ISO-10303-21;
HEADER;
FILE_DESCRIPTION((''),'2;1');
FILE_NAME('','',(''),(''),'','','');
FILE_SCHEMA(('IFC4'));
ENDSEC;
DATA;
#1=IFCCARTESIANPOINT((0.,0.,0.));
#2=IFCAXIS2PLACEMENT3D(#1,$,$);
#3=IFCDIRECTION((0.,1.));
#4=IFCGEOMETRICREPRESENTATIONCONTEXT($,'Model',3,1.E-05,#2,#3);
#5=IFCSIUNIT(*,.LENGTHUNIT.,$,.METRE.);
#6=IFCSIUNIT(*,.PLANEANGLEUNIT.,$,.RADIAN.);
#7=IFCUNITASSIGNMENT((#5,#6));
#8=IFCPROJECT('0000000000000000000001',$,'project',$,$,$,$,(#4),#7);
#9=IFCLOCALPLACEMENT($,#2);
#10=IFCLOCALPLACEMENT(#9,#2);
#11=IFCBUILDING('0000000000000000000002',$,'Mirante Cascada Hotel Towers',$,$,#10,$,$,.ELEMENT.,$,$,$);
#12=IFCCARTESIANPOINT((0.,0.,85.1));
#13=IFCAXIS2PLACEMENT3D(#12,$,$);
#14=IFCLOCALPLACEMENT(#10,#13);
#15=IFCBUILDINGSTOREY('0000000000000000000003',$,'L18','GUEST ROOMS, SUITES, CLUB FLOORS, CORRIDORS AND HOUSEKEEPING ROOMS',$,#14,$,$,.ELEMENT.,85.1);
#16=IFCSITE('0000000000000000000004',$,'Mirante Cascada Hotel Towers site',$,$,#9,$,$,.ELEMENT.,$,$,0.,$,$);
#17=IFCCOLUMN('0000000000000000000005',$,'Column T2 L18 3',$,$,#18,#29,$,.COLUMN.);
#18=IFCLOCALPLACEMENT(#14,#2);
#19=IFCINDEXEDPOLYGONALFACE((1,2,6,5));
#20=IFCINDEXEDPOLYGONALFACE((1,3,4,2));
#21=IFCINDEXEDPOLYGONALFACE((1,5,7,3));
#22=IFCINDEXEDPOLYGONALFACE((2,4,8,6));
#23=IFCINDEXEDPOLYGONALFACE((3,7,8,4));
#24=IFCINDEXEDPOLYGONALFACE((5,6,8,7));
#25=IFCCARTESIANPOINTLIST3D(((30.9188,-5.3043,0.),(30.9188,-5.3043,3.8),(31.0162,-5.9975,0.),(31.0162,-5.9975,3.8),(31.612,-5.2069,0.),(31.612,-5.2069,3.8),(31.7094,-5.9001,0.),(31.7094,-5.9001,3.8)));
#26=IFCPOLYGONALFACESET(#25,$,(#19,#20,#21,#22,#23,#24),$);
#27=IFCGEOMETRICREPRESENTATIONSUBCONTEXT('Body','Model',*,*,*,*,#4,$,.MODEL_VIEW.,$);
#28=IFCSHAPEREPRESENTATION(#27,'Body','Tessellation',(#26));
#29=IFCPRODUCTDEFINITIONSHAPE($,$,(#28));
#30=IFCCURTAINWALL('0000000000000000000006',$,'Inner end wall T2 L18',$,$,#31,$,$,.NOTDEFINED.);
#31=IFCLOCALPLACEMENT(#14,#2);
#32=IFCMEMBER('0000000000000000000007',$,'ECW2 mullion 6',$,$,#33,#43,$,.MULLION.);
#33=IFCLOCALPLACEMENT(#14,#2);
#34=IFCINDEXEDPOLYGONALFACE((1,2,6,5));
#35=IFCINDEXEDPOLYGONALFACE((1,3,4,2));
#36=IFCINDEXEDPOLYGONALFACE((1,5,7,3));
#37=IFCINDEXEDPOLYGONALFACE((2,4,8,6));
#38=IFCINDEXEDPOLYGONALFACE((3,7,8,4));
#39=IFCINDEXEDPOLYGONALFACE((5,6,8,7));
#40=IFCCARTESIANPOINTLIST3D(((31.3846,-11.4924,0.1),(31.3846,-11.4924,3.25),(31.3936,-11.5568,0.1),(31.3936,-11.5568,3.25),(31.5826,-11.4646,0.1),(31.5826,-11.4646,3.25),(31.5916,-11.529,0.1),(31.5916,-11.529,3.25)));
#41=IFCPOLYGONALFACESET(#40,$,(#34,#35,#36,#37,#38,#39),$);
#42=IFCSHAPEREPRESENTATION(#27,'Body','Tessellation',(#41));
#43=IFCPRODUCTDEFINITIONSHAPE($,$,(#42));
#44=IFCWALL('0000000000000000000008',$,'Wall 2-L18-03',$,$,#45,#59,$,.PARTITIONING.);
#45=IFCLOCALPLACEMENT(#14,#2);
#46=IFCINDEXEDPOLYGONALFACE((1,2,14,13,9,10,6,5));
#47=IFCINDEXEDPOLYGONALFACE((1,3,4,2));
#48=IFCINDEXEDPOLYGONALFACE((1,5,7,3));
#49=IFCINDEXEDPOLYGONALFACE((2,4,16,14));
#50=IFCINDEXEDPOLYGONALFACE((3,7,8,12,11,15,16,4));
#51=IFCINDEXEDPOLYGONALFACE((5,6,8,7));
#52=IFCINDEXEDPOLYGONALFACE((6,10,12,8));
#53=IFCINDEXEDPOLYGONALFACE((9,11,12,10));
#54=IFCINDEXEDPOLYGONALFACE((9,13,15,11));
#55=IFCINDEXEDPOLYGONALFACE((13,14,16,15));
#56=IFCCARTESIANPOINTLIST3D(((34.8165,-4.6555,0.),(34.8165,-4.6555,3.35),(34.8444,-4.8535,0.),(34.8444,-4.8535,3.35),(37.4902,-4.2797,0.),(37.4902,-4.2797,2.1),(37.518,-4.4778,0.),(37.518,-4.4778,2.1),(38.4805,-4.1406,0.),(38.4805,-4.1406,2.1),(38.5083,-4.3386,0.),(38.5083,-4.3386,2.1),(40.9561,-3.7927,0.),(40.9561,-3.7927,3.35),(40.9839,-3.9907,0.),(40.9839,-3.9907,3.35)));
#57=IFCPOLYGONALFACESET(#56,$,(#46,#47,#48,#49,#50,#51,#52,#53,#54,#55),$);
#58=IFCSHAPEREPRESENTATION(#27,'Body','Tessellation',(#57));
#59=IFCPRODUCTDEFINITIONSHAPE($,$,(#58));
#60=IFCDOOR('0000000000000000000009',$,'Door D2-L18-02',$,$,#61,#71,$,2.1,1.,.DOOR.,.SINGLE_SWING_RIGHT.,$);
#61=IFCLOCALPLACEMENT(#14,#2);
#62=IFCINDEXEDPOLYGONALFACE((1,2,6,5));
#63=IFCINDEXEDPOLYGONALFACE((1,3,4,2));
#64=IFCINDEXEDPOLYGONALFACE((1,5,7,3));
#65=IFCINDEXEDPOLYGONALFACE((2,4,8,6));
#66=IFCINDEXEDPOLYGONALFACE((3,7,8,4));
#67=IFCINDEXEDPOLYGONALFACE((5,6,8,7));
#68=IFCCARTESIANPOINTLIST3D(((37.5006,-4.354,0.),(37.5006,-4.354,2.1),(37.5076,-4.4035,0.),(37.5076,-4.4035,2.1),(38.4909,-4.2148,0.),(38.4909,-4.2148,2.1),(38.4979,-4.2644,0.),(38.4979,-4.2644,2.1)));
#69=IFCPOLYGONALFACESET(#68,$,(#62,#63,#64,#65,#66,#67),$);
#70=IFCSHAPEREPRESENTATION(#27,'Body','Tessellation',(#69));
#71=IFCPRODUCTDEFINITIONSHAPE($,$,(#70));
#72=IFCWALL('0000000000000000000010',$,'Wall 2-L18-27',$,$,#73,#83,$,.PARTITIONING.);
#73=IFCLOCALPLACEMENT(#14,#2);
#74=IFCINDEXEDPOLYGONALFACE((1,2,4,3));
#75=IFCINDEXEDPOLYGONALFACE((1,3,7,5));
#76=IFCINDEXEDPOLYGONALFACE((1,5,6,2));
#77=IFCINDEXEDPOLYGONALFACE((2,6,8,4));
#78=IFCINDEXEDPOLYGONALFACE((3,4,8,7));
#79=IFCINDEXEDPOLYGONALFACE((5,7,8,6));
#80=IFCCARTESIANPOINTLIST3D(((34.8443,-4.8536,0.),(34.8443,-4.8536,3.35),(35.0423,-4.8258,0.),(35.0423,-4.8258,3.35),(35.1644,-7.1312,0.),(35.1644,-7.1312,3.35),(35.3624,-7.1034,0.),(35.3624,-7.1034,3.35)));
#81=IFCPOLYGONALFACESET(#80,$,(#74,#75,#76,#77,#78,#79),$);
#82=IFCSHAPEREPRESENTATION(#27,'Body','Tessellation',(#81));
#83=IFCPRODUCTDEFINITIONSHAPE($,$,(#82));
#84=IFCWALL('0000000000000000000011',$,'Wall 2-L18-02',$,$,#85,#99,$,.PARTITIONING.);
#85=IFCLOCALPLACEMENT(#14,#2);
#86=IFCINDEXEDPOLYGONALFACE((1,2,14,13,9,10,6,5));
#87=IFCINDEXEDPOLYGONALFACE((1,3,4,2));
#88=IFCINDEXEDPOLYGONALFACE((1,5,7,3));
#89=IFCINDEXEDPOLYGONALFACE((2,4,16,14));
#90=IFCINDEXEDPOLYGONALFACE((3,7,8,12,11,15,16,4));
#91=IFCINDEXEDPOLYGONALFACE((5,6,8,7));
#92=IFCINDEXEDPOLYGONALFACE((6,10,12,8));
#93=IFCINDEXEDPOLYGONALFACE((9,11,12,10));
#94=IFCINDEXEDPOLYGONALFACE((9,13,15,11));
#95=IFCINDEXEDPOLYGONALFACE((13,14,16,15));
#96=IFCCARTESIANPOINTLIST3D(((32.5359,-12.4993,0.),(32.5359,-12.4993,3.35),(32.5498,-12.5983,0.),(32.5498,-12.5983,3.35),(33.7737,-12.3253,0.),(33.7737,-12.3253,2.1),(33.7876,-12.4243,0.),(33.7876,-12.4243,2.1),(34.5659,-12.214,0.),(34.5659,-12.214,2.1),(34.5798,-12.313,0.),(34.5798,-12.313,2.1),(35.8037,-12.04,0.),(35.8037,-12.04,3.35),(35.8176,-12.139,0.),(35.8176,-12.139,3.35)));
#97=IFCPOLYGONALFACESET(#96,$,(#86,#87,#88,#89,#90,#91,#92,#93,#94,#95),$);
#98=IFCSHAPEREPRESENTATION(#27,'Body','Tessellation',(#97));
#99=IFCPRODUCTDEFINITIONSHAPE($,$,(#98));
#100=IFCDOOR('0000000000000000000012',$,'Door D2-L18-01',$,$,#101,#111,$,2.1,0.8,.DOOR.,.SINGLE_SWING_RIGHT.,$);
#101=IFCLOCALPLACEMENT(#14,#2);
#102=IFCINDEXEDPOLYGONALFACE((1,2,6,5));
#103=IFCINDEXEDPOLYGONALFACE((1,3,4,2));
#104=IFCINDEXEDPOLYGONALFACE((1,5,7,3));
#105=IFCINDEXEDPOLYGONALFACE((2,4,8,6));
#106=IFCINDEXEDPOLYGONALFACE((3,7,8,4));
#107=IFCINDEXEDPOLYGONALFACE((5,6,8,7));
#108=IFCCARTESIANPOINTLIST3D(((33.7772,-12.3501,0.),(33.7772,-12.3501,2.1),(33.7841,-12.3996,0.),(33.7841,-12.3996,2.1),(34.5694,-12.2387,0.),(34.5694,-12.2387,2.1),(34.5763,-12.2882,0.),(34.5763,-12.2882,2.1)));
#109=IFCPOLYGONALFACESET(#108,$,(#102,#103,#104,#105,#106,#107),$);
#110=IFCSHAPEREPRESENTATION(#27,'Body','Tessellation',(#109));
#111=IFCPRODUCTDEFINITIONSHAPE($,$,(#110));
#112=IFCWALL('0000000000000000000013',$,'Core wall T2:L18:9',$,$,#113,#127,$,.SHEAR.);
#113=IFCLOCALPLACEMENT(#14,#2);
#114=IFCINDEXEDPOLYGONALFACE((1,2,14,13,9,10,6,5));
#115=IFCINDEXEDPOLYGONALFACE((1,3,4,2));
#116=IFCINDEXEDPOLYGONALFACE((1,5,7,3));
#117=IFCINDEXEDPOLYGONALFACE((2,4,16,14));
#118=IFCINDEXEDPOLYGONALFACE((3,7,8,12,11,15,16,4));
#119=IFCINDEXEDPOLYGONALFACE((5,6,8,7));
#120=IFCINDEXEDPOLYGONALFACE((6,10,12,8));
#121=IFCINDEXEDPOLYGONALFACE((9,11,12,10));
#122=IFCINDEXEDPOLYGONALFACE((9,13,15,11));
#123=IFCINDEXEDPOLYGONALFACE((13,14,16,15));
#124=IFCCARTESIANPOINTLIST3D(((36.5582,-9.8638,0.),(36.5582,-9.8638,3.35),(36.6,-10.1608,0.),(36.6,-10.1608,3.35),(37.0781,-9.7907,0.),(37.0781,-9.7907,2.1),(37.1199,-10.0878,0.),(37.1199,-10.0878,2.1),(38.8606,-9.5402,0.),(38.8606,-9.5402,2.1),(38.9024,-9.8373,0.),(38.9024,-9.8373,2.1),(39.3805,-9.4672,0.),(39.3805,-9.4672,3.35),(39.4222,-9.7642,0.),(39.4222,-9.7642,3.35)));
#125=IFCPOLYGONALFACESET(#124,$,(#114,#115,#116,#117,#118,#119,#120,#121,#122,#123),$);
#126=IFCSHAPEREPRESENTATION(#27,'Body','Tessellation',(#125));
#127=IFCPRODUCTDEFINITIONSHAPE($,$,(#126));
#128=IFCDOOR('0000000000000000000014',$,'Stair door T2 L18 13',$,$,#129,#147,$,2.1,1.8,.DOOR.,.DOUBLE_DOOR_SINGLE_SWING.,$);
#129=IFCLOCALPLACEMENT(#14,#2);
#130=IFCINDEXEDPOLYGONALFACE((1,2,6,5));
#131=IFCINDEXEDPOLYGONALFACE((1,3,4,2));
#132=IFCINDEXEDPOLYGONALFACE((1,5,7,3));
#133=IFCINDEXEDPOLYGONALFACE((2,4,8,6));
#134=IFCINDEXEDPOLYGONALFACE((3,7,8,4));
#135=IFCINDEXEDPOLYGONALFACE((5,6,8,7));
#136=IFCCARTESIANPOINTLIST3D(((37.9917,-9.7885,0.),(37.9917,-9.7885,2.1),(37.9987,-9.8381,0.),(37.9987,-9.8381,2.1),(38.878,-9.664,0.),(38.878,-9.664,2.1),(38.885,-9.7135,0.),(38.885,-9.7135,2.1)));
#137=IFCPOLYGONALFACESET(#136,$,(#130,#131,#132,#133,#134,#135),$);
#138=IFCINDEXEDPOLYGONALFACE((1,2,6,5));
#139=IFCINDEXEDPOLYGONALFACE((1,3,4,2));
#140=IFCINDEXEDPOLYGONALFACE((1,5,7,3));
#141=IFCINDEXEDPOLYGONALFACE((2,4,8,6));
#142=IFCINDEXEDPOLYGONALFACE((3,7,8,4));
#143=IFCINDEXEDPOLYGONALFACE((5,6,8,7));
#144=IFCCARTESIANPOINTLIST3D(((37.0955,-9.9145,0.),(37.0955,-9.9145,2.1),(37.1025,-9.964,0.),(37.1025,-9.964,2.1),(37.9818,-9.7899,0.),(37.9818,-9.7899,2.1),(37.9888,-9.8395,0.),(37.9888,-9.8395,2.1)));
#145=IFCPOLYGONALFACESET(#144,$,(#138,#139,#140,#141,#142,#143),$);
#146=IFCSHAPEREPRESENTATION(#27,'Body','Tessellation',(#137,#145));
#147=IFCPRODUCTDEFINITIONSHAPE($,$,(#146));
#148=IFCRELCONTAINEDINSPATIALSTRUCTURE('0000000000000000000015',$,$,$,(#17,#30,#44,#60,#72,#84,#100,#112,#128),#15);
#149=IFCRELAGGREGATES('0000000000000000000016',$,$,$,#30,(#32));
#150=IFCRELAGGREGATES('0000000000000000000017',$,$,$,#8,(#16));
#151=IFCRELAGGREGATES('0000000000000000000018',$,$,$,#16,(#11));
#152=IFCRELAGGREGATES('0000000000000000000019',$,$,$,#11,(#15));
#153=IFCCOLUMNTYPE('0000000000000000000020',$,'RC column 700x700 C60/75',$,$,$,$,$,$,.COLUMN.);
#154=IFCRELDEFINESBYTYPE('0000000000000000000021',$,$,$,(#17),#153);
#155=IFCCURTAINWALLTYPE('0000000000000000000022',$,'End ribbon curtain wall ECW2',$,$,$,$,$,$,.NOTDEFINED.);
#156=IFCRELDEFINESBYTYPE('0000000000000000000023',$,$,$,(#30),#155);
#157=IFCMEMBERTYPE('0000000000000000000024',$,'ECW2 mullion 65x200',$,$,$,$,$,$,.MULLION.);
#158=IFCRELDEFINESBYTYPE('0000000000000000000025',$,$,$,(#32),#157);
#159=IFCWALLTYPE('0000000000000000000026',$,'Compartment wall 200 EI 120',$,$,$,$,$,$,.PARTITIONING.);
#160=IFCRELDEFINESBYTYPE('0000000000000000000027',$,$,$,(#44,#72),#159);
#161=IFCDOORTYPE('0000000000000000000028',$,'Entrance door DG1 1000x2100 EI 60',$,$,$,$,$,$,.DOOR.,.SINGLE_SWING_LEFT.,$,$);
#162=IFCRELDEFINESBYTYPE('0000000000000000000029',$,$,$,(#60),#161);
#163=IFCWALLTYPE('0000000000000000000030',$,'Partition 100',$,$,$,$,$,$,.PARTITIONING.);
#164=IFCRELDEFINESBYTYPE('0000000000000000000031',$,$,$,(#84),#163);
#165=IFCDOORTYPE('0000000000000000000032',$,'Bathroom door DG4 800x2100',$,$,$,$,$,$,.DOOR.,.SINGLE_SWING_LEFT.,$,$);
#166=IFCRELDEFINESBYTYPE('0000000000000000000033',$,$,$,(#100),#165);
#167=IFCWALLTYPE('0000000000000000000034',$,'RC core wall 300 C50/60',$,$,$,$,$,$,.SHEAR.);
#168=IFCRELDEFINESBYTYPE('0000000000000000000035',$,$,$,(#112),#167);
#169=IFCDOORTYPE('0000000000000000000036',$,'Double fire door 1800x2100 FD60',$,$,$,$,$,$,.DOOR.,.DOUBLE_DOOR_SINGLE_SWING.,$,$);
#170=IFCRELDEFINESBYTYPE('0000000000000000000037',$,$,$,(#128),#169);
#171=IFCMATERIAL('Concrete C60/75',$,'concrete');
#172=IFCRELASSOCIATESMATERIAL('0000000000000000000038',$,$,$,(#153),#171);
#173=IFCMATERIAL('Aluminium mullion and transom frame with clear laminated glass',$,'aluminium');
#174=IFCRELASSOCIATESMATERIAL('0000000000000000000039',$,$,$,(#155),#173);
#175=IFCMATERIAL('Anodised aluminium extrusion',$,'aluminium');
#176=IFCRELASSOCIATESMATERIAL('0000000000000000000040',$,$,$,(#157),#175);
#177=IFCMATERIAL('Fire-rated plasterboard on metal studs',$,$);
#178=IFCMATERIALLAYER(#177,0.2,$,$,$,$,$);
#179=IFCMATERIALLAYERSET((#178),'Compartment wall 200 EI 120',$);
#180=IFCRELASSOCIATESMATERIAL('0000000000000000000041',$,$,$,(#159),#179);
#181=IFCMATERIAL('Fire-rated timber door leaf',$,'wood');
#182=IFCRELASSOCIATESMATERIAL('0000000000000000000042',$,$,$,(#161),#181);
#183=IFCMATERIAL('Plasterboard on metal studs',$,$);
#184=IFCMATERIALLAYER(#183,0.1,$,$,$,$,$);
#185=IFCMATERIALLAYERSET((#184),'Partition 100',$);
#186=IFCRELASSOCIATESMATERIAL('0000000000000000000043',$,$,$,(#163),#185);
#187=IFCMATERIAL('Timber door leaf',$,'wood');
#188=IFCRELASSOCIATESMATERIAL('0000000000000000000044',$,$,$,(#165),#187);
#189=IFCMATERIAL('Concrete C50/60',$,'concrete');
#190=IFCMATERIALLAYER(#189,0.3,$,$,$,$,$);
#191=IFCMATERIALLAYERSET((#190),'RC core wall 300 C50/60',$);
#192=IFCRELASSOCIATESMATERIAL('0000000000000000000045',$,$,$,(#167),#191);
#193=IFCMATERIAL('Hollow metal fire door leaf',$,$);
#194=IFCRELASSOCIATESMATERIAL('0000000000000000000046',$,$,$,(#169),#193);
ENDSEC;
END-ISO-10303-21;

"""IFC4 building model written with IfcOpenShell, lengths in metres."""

from ifc_helpers import new_model, si_unit, direction, frame, frame_2d, origin, origin_2d, place, context, subcontext, project, spatial, rectangle, extrude, material, layer, layer_set, material_profile, profile_set, type_object, element, fill, aggregate, save


model = new_model("IFC4")

# Units and contexts
model_context = context("Model", 3, precision=1e-05, world=origin(), true_north=direction((0.0, 1.0)))
body_context = subcontext(model_context, "Body", "Model", "MODEL_VIEW")
ifc_project = project(units=[si_unit("LENGTHUNIT", "METRE"), si_unit("PLANEANGLEUNIT", "RADIAN")], contexts=[model_context])

# Site, building, storey
site_placement = place(None, origin())
site = spatial("IfcSite", under=ifc_project, at=site_placement, Name="Mirante Cascada Hotel Towers site", CompositionType="ELEMENT", RefElevation=0.0)
building_placement = place(site_placement, origin())
building = spatial("IfcBuilding", under=site, at=building_placement, Name="Mirante Cascada Hotel Towers", CompositionType="ELEMENT")
storey_placement = place(building_placement, frame((0.0, 0.0, 85.1)))
storey = spatial("IfcBuildingStorey", under=building, at=storey_placement, Name="L18", Description="GUEST ROOMS, SUITES, CLUB FLOORS, CORRIDORS AND HOUSEKEEPING ROOMS", CompositionType="ELEMENT", Elevation=85.1)

# Column
ifc_material_1 = material(Name="Concrete C60/75", Category="concrete")
ifc_material_profile_1 = material_profile(ifc_material_1, rectangle(XDim=0.7, YDim=0.7, at=origin_2d()), Name="RC column 700x700 C60/75")
ifc_profile_set_1 = profile_set([ifc_material_profile_1], Name="Concrete C60/75")
column_type = type_object("IfcColumnType", Name="RC column 700x700 C60/75", PredefinedType="COLUMN", material=ifc_profile_set_1)
column_placement = place(storey_placement, frame((31.3141, -5.6022, 0.0), z_axis=(0.0, 0.0, 1.0), x_axis=(0.990268, 0.139173, 0.0)))
element("IfcColumn", 1, at=column_placement, inside=storey, type_object=column_type, Name="Column T2 L18 3", PredefinedType="COLUMN", context=body_context, shape_type="SweptSolid", body=[
    extrude(rectangle(XDim=0.7, YDim=0.7, at=origin_2d()), origin(), (0.0, 0.0, 1.0), 3.8),
])

# Curtain wall, member
ifc_material_2 = material(Name="Aluminium mullion and transom frame with clear laminated glass", Category="aluminium")
curtain_wall_type = type_object("IfcCurtainWallType", Name="End ribbon curtain wall ECW2", PredefinedType="NOTDEFINED", material=ifc_material_2)
curtain_wall_placement = place(storey_placement, origin())
curtain_wall = element("IfcCurtainWall", 2, at=curtain_wall_placement, inside=storey, type_object=curtain_wall_type, Name="Inner end wall T2 L18", PredefinedType="NOTDEFINED")
ifc_material_3 = material(Name="Anodised aluminium extrusion", Category="aluminium")
ifc_material_profile_2 = material_profile(ifc_material_3, rectangle(XDim=0.2, YDim=0.065, at=origin_2d()), Name="ECW2 MULLION 65x200")
ifc_profile_set_2 = profile_set([ifc_material_profile_2], Name="Anodised aluminium extrusion")
member_type = type_object("IfcMemberType", Name="ECW2 mullion 65x200", PredefinedType="MULLION", material=ifc_profile_set_2)
member_placement = place(storey_placement, frame((31.4881, -11.5107, 0.1), z_axis=(0.0, 0.0, 1.0), x_axis=(0.990268, 0.139173, 0.0)))
member = element("IfcMember", 3, at=member_placement, type_object=member_type, Name="ECW2 mullion 6", PredefinedType="MULLION", context=body_context, shape_type="SweptSolid", body=[
    extrude(rectangle(XDim=0.2, YDim=0.065, at=origin_2d()), origin(), (0.0, 0.0, 1.0), 3.15),
])
aggregate(curtain_wall, [member])

# Wall, opening, door
ifc_material_4 = material(Name="Fire-rated plasterboard on metal studs")
ifc_layer_1 = layer(ifc_material_4, 0.2)
ifc_layer_set_1 = layer_set([ifc_layer_1], Name="Compartment wall 200 EI 120")
wall_type_1 = type_object("IfcWallType", Name="Compartment wall 200 EI 120", PredefinedType="PARTITIONING", material=ifc_layer_set_1)
wall_1_placement = place(storey_placement, frame((34.8304, -4.7545, 0.0), z_axis=(0.0, 0.0, 1.0), x_axis=(0.99027, 0.139163, 0.0)))
wall_1 = element("IfcWall", 4, at=wall_1_placement, inside=storey, type_object=wall_type_1, Name="Wall 2-L18-03", PredefinedType="PARTITIONING", context=body_context, shape_type="SweptSolid", body=[
    extrude(rectangle(XDim=6.1999, YDim=0.2, at=frame_2d((3.1, 0.0))), origin(), (0.0, 0.0, 1.0), 3.35),
])
opening_1_placement = place(wall_1_placement, frame((2.7, 0.0, 0.0)))
opening_1 = element("IfcOpeningElement", 5, at=opening_1_placement, cuts=wall_1, PredefinedType="OPENING", context=body_context, shape_type="SweptSolid", body=[
    extrude(rectangle(XDim=1.0, YDim=2.1, at=frame_2d((0.5, 1.05))), frame((0.0, 0.1, 0.0), z_axis=(0.0, -1.0, 0.0), x_axis=(1.0, 0.0, 0.0)), (0.0, 0.0, 1.0), 0.2),
])
ifc_material_5 = material(Name="Fire-rated timber door leaf", Category="wood")
door_type_1 = type_object("IfcDoorType", Name="Entrance door DG1 1000x2100 EI 60", OperationType="SINGLE_SWING_LEFT", PredefinedType="DOOR", material=ifc_material_5)
door_1_placement = place(opening_1_placement, frame((1.0, 0.0, 0.0), z_axis=(0.0, 0.0, 1.0), x_axis=(-1.0, 0.0, 0.0)))
door_1 = element("IfcDoor", 6, at=door_1_placement, inside=storey, type_object=door_type_1, Name="Door D2-L18-02", OperationType="SINGLE_SWING_RIGHT", OverallHeight=2.1, OverallWidth=1.0, PredefinedType="DOOR", context=body_context, shape_type="SweptSolid", body=[
    extrude(rectangle(XDim=1.0, YDim=2.1, at=frame_2d((0.5, 1.05))), frame((0.0, 0.025, 0.0), z_axis=(0.0, -1.0, 0.0), x_axis=(1.0, 0.0, 0.0)), (0.0, 0.0, 1.0), 0.05),
])
fill(opening_1, door_1)

# Wall
wall_2_placement = place(storey_placement, frame((35.2634, -7.1173, 0.0), z_axis=(0.0, 0.0, 1.0), x_axis=(-0.139175, 0.990268, 0.0)))
element("IfcWall", 7, at=wall_2_placement, inside=storey, type_object=wall_type_1, Name="Wall 2-L18-27", PredefinedType="PARTITIONING", context=body_context, shape_type="SweptSolid", body=[
    extrude(rectangle(XDim=2.3, YDim=0.2, at=frame_2d((1.15, 0.0))), origin(), (0.0, 0.0, 1.0), 3.35),
])

# Walls, openings, doors
ifc_material_6 = material(Name="Plasterboard on metal studs")
ifc_layer_2 = layer(ifc_material_6, 0.1)
ifc_layer_set_2 = layer_set([ifc_layer_2], Name="Partition 100")
wall_type_2 = type_object("IfcWallType", Name="Partition 100", PredefinedType="PARTITIONING", material=ifc_layer_set_2)
wall_3_placement = place(storey_placement, frame((35.8107, -12.0895, 0.0), z_axis=(0.0, 0.0, 1.0), x_axis=(-0.990266, -0.139185, 0.0)))
wall_3 = element("IfcWall", 8, at=wall_3_placement, inside=storey, type_object=wall_type_2, Name="Wall 2-L18-02", PredefinedType="PARTITIONING", context=body_context, shape_type="SweptSolid", body=[
    extrude(rectangle(XDim=3.2999, YDim=0.1, at=frame_2d((1.65, 0.0))), origin(), (0.0, 0.0, 1.0), 3.35),
])
opening_2_placement = place(wall_3_placement, frame((1.25, 0.0, 0.0)))
opening_2 = element("IfcOpeningElement", 9, at=opening_2_placement, cuts=wall_3, PredefinedType="OPENING", context=body_context, shape_type="SweptSolid", body=[
    extrude(rectangle(XDim=0.8, YDim=2.1, at=frame_2d((0.4, 1.05))), frame((0.0, 0.05, 0.0), z_axis=(0.0, -1.0, 0.0), x_axis=(1.0, 0.0, 0.0)), (0.0, 0.0, 1.0), 0.1),
])
ifc_material_7 = material(Name="Timber door leaf", Category="wood")
door_type_2 = type_object("IfcDoorType", Name="Bathroom door DG4 800x2100", OperationType="SINGLE_SWING_LEFT", PredefinedType="DOOR", material=ifc_material_7)
door_2_placement = place(opening_2_placement, frame((0.8, 0.0, 0.0), z_axis=(0.0, 0.0, 1.0), x_axis=(-1.0, 0.0, 0.0)))
door_2 = element("IfcDoor", 10, at=door_2_placement, inside=storey, type_object=door_type_2, Name="Door D2-L18-01", OperationType="SINGLE_SWING_RIGHT", OverallHeight=2.1, OverallWidth=0.8, PredefinedType="DOOR", context=body_context, shape_type="SweptSolid", body=[
    extrude(rectangle(XDim=0.8, YDim=2.1, at=frame_2d((0.4, 1.05))), frame((0.0, 0.025, 0.0), z_axis=(0.0, -1.0, 0.0), x_axis=(1.0, 0.0, 0.0)), (0.0, 0.0, 1.0), 0.05),
])
fill(opening_2, door_2)
ifc_material_8 = material(Name="Concrete C50/60", Category="concrete")
ifc_layer_3 = layer(ifc_material_8, 0.3)
ifc_layer_set_3 = layer_set([ifc_layer_3], Name="RC core wall 300 C50/60")
wall_type_3 = type_object("IfcWallType", Name="RC core wall 300 C50/60", PredefinedType="SHEAR", material=ifc_layer_set_3)
wall_4_placement = place(storey_placement, frame((36.5791, -10.0123, 0.0), z_axis=(0.0, 0.0, 1.0), x_axis=(0.99027, 0.139156, 0.0)))
wall_4 = element("IfcWall", 11, at=wall_4_placement, inside=storey, type_object=wall_type_3, Name="Core wall T2:L18:9", PredefinedType="SHEAR", context=body_context, shape_type="SweptSolid", body=[
    extrude(rectangle(XDim=2.85, YDim=0.3, at=frame_2d((1.425, 0.0))), origin(), (0.0, 0.0, 1.0), 3.35),
])
opening_3_placement = place(wall_4_placement, frame((0.525, 0.0, 0.0)))
opening_3 = element("IfcOpeningElement", 12, at=opening_3_placement, cuts=wall_4, PredefinedType="OPENING", context=body_context, shape_type="SweptSolid", body=[
    extrude(rectangle(XDim=1.8, YDim=2.1, at=frame_2d((0.9, 1.05))), frame((0.0, 0.15, 0.0), z_axis=(0.0, -1.0, 0.0), x_axis=(1.0, 0.0, 0.0)), (0.0, 0.0, 1.0), 0.3),
])
ifc_material_9 = material(Name="Hollow metal fire door leaf")
door_type_3 = type_object("IfcDoorType", Name="Double fire door 1800x2100 FD60", OperationType="DOUBLE_DOOR_SINGLE_SWING", PredefinedType="DOOR", material=ifc_material_9)
door_3_placement = place(opening_3_placement, frame((1.8, 0.0, 0.0), z_axis=(0.0, 0.0, 1.0), x_axis=(-1.0, 0.0, 0.0)))
door_3 = element("IfcDoor", 13, at=door_3_placement, inside=storey, type_object=door_type_3, Name="Stair door T2 L18 13", OperationType="DOUBLE_DOOR_SINGLE_SWING", OverallHeight=2.1, OverallWidth=1.8, PredefinedType="DOOR", context=body_context, shape_type="SweptSolid", body=[
    extrude(rectangle(XDim=0.895, YDim=2.1, at=frame_2d((0.4475, 1.05))), frame((0.0, 0.025, 0.0), z_axis=(0.0, -1.0, 0.0), x_axis=(1.0, 0.0, 0.0)), (0.0, 0.0, 1.0), 0.05),
    extrude(rectangle(XDim=0.895, YDim=2.1, at=frame_2d((1.3525, 1.05))), frame((0.0, 0.025, 0.0), z_axis=(0.0, -1.0, 0.0), x_axis=(1.0, 0.0, 0.0)), (0.0, 0.0, 1.0), 0.05),
])
fill(opening_3, door_3)

save(model, "model.ifc")
